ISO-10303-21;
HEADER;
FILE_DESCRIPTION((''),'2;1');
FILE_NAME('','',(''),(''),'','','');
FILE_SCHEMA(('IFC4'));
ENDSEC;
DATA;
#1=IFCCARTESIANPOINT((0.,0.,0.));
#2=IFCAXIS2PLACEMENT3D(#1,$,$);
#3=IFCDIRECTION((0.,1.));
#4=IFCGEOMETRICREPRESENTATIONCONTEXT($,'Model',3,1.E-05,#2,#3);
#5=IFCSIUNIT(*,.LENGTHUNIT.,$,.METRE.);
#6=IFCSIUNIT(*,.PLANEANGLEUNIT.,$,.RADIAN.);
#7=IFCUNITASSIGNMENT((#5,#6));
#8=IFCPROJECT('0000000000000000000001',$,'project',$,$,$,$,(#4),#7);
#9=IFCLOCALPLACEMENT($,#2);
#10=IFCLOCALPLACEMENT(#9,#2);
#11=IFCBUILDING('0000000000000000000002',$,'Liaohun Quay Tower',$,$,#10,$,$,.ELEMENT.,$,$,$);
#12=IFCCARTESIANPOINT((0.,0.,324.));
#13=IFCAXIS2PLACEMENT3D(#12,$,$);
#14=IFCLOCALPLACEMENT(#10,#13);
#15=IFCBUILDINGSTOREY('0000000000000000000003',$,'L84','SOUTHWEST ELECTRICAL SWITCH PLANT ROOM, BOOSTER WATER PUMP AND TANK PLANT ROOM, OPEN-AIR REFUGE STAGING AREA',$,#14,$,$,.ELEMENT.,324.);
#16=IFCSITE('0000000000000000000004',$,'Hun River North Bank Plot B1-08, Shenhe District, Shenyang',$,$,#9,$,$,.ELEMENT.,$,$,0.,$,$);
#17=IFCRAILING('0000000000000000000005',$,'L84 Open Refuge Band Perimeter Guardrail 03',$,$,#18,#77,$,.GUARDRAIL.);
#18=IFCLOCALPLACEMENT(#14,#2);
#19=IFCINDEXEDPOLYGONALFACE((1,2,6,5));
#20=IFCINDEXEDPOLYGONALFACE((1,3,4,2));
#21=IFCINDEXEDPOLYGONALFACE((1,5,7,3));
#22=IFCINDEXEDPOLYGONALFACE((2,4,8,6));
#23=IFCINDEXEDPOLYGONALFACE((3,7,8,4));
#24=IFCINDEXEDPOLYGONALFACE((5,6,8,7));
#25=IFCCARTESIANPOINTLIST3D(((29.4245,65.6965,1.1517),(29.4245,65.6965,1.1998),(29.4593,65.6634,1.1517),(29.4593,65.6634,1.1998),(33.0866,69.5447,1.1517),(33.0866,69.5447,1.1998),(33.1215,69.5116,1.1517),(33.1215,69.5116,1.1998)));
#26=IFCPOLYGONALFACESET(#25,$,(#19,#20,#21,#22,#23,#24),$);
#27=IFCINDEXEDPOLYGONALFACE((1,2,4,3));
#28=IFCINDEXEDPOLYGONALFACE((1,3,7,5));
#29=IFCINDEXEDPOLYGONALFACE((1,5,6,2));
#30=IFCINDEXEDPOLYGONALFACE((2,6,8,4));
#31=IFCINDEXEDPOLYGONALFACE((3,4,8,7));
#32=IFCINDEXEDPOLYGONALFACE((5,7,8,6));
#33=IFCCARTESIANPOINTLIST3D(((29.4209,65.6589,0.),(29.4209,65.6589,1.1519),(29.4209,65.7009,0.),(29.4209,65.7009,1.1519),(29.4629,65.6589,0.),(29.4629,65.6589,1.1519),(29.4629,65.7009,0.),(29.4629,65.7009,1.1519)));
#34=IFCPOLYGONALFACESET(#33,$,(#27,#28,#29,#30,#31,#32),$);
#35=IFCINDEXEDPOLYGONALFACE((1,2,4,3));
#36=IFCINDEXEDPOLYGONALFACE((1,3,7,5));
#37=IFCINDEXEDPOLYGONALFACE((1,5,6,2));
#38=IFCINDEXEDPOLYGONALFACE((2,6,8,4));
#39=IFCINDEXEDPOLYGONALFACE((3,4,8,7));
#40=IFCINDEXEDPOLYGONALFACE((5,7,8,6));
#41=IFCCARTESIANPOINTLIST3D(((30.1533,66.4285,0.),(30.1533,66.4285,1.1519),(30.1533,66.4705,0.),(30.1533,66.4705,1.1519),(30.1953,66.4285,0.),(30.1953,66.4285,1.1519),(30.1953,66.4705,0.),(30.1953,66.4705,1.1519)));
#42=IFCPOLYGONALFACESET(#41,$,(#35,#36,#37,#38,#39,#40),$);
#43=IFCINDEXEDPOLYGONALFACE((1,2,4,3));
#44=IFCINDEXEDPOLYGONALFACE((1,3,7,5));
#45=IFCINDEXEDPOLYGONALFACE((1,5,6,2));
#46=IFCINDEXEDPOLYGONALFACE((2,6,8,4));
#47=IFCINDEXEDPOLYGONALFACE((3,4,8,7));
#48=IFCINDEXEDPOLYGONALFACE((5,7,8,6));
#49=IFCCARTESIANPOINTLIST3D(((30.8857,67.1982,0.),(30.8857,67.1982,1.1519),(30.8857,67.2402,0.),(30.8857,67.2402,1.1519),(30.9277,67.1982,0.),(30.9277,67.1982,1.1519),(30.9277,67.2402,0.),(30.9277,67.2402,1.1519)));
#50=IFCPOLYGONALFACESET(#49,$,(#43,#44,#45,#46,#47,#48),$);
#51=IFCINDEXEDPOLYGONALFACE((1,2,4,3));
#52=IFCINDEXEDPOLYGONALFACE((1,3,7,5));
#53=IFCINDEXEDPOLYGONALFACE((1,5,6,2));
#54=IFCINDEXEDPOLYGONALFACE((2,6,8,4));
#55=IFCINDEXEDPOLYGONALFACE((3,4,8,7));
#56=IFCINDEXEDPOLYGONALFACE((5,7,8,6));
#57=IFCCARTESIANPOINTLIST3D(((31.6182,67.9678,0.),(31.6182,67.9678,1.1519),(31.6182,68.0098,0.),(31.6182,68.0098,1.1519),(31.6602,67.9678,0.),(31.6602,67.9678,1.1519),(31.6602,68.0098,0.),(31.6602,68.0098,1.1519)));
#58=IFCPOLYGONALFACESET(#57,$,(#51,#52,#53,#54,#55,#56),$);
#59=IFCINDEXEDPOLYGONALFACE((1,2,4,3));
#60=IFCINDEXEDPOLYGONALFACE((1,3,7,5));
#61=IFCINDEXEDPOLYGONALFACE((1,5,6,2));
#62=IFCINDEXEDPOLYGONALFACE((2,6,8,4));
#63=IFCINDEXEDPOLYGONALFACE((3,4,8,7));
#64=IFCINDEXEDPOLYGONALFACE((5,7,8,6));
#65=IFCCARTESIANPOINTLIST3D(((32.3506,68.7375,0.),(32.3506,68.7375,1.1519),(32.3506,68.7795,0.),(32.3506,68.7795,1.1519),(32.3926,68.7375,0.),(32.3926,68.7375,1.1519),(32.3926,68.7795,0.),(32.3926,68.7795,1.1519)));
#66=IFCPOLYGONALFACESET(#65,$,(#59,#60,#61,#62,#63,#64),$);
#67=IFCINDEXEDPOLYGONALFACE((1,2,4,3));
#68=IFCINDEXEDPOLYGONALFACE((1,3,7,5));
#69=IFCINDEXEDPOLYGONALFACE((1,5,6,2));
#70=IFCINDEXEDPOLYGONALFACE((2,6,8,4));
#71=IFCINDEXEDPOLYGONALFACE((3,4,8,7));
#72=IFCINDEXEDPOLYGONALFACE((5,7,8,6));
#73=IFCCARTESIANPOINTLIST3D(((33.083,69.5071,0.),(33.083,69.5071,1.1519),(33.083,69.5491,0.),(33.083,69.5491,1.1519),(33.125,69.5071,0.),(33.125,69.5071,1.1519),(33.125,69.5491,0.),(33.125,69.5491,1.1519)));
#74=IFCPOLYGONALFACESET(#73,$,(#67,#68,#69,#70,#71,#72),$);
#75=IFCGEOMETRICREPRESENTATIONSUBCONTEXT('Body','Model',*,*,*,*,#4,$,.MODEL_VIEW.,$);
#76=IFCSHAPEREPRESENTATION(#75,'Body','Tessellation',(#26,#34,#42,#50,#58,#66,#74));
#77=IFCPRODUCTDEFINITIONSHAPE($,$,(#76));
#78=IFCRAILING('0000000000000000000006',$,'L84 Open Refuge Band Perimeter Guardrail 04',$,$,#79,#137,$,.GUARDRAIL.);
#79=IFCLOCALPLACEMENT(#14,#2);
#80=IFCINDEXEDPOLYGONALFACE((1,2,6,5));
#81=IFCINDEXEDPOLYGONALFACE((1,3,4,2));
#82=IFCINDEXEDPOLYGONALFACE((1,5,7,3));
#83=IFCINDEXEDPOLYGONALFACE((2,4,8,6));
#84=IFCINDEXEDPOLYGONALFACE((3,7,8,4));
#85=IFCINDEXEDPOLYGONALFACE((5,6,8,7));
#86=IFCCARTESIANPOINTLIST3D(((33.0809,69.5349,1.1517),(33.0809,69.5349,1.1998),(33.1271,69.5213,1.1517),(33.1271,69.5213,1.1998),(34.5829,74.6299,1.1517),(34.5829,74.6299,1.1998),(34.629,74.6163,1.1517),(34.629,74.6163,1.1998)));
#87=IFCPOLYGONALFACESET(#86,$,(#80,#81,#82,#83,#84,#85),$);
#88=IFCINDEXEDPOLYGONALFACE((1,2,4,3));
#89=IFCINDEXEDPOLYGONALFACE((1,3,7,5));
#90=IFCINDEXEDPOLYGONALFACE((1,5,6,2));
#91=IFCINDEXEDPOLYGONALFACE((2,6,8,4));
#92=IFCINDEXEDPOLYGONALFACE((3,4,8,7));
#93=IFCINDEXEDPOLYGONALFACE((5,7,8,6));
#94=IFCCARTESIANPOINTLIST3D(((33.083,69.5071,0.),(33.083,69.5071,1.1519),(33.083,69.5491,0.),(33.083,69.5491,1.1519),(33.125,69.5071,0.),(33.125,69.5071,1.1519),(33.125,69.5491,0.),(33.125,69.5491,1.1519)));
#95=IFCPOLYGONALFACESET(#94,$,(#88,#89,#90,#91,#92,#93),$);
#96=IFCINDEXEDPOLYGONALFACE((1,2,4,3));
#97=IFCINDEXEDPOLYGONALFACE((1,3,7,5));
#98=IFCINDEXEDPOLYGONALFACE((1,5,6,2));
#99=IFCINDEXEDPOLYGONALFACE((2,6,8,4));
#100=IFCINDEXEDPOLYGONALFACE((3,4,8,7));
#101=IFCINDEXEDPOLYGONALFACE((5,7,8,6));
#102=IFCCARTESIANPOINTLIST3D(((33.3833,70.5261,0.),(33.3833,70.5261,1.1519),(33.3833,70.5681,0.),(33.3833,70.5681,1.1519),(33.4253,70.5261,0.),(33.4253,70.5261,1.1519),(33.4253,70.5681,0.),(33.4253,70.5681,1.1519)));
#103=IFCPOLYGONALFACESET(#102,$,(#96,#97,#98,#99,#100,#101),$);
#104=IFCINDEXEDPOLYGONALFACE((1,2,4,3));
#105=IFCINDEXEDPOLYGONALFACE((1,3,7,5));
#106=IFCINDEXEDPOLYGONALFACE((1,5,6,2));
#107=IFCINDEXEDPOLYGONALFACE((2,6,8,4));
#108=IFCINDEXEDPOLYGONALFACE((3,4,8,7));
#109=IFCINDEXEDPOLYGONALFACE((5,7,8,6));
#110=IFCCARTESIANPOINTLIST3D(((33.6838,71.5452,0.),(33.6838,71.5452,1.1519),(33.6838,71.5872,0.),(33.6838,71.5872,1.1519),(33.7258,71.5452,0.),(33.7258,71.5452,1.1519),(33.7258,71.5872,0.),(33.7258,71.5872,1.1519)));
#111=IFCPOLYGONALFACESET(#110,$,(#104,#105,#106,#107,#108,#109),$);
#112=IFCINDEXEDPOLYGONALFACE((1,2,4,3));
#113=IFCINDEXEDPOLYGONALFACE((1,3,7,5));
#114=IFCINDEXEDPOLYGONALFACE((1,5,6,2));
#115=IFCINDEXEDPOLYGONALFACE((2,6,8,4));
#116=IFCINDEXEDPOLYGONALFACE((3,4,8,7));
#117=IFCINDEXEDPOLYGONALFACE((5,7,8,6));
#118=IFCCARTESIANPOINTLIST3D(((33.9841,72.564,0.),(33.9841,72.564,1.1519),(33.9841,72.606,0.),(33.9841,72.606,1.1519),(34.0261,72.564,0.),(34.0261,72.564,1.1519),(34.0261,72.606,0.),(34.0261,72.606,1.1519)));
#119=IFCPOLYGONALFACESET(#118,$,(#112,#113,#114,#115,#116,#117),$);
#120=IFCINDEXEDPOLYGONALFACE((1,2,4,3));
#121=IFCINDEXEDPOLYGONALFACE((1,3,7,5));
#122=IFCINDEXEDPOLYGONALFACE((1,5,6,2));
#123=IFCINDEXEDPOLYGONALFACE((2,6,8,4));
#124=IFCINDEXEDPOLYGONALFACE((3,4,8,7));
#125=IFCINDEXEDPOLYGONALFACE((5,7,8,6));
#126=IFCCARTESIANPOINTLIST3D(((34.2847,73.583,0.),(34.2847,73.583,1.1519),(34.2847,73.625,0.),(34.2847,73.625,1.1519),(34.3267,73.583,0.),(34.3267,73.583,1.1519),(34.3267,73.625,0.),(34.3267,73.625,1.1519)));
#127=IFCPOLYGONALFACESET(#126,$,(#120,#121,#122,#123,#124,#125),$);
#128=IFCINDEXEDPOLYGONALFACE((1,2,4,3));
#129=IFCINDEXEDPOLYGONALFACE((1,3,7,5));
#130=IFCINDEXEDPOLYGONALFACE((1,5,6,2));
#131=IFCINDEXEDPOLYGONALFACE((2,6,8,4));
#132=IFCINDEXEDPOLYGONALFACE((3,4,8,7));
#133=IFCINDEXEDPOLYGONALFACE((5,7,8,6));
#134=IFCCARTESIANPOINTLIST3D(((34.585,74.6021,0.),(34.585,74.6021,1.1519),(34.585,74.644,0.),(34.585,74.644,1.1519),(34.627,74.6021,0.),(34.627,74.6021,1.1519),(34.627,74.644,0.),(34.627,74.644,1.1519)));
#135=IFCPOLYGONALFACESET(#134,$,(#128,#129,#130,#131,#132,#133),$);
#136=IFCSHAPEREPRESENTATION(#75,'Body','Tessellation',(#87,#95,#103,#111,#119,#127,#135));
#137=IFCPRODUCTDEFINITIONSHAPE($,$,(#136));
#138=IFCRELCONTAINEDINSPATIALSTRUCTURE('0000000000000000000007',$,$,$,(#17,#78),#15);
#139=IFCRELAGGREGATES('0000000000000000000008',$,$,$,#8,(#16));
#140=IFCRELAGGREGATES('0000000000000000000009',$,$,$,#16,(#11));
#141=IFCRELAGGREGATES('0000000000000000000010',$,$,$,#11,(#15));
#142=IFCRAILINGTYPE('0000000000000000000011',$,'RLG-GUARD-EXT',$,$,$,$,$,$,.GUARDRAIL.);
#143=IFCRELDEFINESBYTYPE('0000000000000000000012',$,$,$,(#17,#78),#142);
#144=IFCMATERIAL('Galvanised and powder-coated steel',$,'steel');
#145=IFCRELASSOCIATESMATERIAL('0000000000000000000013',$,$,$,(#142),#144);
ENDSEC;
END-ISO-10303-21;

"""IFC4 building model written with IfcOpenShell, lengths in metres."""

from ifc_helpers import new_model, si_unit, direction, frame, origin, origin_2d, place, context, subcontext, project, spatial, rectangle, extrude, material, type_object, element, save


model = new_model("IFC4")

# Units and contexts
model_context = context("Model", 3, precision=1e-05, world=origin(), true_north=direction((0.0, 1.0)))
body_context = subcontext(model_context, "Body", "Model", "MODEL_VIEW")
ifc_project = project(units=[si_unit("LENGTHUNIT", "METRE"), si_unit("PLANEANGLEUNIT", "RADIAN")], contexts=[model_context])

# Site, building, storey
site_placement = place(None, origin())
site = spatial("IfcSite", under=ifc_project, at=site_placement, Name="Hun River North Bank Plot B1-08, Shenhe District, Shenyang", CompositionType="ELEMENT", RefElevation=0.0)
building_placement = place(site_placement, origin())
building = spatial("IfcBuilding", under=site, at=building_placement, Name="Liaohun Quay Tower", CompositionType="ELEMENT")
storey_placement = place(building_placement, frame((0.0, 0.0, 324.0)))
storey = spatial("IfcBuildingStorey", under=building, at=storey_placement, Name="L84", Description="SOUTHWEST ELECTRICAL SWITCH PLANT ROOM, BOOSTER WATER PUMP AND TANK PLANT ROOM, OPEN-AIR REFUGE STAGING AREA", CompositionType="ELEMENT", Elevation=324.0)

# Railings
ifc_material_1 = material(Name="Galvanised and powder-coated steel", Category="steel")
railing_type = type_object("IfcRailingType", Name="RLG-GUARD-EXT", PredefinedType="GUARDRAIL", material=ifc_material_1)
railing_1_placement = place(storey_placement, frame((29.4419, 65.6799, 0.0)))
element("IfcRailing", 1, at=railing_1_placement, inside=storey, type_object=railing_type, Name="L84 Open Refuge Band Perimeter Guardrail 03", PredefinedType="GUARDRAIL", context=body_context, shape_type="SweptSolid", body=[
    extrude(rectangle(XDim=0.0481, YDim=0.0481, at=origin_2d()), frame((0.0, 0.0, 1.1758), z_axis=(0.68938, 0.7244, 0.0), x_axis=(-0.7244, 0.68938, 0.0)), (0.0, 0.0, 1.0), 5.3123),
    extrude(rectangle(XDim=0.042, YDim=0.042, at=origin_2d()), origin(), (0.0, 0.0, 1.0), 1.1519),
    extrude(rectangle(XDim=0.042, YDim=0.042, at=origin_2d()), frame((0.7324, 0.7695, 0.0)), (0.0, 0.0, 1.0), 1.1519),
    extrude(rectangle(XDim=0.042, YDim=0.042, at=origin_2d()), frame((1.4648, 1.5393, 0.0)), (0.0, 0.0, 1.0), 1.1519),
    extrude(rectangle(XDim=0.042, YDim=0.042, at=origin_2d()), frame((2.1973, 2.3088, 0.0)), (0.0, 0.0, 1.0), 1.1519),
    extrude(rectangle(XDim=0.042, YDim=0.042, at=origin_2d()), frame((2.9297, 3.0786, 0.0)), (0.0, 0.0, 1.0), 1.1519),
    extrude(rectangle(XDim=0.042, YDim=0.042, at=origin_2d()), frame((3.6621, 3.8481, 0.0)), (0.0, 0.0, 1.0), 1.1519),
])
railing_2_placement = place(storey_placement, frame((33.104, 69.5281, 0.0)))
element("IfcRailing", 2, at=railing_2_placement, inside=storey, type_object=railing_type, Name="L84 Open Refuge Band Perimeter Guardrail 04", PredefinedType="GUARDRAIL", context=body_context, shape_type="SweptSolid", body=[
    extrude(rectangle(XDim=0.0481, YDim=0.0481, at=origin_2d()), frame((0.0, 0.0, 1.1758), z_axis=(0.282761, 0.95919, 0.0), x_axis=(-0.95919, 0.282761, 0.0)), (0.0, 0.0, 1.0), 5.3118),
    extrude(rectangle(XDim=0.042, YDim=0.042, at=origin_2d()), origin(), (0.0, 0.0, 1.0), 1.1519),
    extrude(rectangle(XDim=0.042, YDim=0.042, at=origin_2d()), frame((0.3003, 1.019, 0.0)), (0.0, 0.0, 1.0), 1.1519),
    extrude(rectangle(XDim=0.042, YDim=0.042, at=origin_2d()), frame((0.6008, 2.0381, 0.0)), (0.0, 0.0, 1.0), 1.1519),
    extrude(rectangle(XDim=0.042, YDim=0.042, at=origin_2d()), frame((0.9011, 3.0569, 0.0)), (0.0, 0.0, 1.0), 1.1519),
    extrude(rectangle(XDim=0.042, YDim=0.042, at=origin_2d()), frame((1.2017, 4.0759, 0.0)), (0.0, 0.0, 1.0), 1.1519),
    extrude(rectangle(XDim=0.042, YDim=0.042, at=origin_2d()), frame((1.502, 5.095, 0.0)), (0.0, 0.0, 1.0), 1.1519),
])

save(model, "model.ifc")
